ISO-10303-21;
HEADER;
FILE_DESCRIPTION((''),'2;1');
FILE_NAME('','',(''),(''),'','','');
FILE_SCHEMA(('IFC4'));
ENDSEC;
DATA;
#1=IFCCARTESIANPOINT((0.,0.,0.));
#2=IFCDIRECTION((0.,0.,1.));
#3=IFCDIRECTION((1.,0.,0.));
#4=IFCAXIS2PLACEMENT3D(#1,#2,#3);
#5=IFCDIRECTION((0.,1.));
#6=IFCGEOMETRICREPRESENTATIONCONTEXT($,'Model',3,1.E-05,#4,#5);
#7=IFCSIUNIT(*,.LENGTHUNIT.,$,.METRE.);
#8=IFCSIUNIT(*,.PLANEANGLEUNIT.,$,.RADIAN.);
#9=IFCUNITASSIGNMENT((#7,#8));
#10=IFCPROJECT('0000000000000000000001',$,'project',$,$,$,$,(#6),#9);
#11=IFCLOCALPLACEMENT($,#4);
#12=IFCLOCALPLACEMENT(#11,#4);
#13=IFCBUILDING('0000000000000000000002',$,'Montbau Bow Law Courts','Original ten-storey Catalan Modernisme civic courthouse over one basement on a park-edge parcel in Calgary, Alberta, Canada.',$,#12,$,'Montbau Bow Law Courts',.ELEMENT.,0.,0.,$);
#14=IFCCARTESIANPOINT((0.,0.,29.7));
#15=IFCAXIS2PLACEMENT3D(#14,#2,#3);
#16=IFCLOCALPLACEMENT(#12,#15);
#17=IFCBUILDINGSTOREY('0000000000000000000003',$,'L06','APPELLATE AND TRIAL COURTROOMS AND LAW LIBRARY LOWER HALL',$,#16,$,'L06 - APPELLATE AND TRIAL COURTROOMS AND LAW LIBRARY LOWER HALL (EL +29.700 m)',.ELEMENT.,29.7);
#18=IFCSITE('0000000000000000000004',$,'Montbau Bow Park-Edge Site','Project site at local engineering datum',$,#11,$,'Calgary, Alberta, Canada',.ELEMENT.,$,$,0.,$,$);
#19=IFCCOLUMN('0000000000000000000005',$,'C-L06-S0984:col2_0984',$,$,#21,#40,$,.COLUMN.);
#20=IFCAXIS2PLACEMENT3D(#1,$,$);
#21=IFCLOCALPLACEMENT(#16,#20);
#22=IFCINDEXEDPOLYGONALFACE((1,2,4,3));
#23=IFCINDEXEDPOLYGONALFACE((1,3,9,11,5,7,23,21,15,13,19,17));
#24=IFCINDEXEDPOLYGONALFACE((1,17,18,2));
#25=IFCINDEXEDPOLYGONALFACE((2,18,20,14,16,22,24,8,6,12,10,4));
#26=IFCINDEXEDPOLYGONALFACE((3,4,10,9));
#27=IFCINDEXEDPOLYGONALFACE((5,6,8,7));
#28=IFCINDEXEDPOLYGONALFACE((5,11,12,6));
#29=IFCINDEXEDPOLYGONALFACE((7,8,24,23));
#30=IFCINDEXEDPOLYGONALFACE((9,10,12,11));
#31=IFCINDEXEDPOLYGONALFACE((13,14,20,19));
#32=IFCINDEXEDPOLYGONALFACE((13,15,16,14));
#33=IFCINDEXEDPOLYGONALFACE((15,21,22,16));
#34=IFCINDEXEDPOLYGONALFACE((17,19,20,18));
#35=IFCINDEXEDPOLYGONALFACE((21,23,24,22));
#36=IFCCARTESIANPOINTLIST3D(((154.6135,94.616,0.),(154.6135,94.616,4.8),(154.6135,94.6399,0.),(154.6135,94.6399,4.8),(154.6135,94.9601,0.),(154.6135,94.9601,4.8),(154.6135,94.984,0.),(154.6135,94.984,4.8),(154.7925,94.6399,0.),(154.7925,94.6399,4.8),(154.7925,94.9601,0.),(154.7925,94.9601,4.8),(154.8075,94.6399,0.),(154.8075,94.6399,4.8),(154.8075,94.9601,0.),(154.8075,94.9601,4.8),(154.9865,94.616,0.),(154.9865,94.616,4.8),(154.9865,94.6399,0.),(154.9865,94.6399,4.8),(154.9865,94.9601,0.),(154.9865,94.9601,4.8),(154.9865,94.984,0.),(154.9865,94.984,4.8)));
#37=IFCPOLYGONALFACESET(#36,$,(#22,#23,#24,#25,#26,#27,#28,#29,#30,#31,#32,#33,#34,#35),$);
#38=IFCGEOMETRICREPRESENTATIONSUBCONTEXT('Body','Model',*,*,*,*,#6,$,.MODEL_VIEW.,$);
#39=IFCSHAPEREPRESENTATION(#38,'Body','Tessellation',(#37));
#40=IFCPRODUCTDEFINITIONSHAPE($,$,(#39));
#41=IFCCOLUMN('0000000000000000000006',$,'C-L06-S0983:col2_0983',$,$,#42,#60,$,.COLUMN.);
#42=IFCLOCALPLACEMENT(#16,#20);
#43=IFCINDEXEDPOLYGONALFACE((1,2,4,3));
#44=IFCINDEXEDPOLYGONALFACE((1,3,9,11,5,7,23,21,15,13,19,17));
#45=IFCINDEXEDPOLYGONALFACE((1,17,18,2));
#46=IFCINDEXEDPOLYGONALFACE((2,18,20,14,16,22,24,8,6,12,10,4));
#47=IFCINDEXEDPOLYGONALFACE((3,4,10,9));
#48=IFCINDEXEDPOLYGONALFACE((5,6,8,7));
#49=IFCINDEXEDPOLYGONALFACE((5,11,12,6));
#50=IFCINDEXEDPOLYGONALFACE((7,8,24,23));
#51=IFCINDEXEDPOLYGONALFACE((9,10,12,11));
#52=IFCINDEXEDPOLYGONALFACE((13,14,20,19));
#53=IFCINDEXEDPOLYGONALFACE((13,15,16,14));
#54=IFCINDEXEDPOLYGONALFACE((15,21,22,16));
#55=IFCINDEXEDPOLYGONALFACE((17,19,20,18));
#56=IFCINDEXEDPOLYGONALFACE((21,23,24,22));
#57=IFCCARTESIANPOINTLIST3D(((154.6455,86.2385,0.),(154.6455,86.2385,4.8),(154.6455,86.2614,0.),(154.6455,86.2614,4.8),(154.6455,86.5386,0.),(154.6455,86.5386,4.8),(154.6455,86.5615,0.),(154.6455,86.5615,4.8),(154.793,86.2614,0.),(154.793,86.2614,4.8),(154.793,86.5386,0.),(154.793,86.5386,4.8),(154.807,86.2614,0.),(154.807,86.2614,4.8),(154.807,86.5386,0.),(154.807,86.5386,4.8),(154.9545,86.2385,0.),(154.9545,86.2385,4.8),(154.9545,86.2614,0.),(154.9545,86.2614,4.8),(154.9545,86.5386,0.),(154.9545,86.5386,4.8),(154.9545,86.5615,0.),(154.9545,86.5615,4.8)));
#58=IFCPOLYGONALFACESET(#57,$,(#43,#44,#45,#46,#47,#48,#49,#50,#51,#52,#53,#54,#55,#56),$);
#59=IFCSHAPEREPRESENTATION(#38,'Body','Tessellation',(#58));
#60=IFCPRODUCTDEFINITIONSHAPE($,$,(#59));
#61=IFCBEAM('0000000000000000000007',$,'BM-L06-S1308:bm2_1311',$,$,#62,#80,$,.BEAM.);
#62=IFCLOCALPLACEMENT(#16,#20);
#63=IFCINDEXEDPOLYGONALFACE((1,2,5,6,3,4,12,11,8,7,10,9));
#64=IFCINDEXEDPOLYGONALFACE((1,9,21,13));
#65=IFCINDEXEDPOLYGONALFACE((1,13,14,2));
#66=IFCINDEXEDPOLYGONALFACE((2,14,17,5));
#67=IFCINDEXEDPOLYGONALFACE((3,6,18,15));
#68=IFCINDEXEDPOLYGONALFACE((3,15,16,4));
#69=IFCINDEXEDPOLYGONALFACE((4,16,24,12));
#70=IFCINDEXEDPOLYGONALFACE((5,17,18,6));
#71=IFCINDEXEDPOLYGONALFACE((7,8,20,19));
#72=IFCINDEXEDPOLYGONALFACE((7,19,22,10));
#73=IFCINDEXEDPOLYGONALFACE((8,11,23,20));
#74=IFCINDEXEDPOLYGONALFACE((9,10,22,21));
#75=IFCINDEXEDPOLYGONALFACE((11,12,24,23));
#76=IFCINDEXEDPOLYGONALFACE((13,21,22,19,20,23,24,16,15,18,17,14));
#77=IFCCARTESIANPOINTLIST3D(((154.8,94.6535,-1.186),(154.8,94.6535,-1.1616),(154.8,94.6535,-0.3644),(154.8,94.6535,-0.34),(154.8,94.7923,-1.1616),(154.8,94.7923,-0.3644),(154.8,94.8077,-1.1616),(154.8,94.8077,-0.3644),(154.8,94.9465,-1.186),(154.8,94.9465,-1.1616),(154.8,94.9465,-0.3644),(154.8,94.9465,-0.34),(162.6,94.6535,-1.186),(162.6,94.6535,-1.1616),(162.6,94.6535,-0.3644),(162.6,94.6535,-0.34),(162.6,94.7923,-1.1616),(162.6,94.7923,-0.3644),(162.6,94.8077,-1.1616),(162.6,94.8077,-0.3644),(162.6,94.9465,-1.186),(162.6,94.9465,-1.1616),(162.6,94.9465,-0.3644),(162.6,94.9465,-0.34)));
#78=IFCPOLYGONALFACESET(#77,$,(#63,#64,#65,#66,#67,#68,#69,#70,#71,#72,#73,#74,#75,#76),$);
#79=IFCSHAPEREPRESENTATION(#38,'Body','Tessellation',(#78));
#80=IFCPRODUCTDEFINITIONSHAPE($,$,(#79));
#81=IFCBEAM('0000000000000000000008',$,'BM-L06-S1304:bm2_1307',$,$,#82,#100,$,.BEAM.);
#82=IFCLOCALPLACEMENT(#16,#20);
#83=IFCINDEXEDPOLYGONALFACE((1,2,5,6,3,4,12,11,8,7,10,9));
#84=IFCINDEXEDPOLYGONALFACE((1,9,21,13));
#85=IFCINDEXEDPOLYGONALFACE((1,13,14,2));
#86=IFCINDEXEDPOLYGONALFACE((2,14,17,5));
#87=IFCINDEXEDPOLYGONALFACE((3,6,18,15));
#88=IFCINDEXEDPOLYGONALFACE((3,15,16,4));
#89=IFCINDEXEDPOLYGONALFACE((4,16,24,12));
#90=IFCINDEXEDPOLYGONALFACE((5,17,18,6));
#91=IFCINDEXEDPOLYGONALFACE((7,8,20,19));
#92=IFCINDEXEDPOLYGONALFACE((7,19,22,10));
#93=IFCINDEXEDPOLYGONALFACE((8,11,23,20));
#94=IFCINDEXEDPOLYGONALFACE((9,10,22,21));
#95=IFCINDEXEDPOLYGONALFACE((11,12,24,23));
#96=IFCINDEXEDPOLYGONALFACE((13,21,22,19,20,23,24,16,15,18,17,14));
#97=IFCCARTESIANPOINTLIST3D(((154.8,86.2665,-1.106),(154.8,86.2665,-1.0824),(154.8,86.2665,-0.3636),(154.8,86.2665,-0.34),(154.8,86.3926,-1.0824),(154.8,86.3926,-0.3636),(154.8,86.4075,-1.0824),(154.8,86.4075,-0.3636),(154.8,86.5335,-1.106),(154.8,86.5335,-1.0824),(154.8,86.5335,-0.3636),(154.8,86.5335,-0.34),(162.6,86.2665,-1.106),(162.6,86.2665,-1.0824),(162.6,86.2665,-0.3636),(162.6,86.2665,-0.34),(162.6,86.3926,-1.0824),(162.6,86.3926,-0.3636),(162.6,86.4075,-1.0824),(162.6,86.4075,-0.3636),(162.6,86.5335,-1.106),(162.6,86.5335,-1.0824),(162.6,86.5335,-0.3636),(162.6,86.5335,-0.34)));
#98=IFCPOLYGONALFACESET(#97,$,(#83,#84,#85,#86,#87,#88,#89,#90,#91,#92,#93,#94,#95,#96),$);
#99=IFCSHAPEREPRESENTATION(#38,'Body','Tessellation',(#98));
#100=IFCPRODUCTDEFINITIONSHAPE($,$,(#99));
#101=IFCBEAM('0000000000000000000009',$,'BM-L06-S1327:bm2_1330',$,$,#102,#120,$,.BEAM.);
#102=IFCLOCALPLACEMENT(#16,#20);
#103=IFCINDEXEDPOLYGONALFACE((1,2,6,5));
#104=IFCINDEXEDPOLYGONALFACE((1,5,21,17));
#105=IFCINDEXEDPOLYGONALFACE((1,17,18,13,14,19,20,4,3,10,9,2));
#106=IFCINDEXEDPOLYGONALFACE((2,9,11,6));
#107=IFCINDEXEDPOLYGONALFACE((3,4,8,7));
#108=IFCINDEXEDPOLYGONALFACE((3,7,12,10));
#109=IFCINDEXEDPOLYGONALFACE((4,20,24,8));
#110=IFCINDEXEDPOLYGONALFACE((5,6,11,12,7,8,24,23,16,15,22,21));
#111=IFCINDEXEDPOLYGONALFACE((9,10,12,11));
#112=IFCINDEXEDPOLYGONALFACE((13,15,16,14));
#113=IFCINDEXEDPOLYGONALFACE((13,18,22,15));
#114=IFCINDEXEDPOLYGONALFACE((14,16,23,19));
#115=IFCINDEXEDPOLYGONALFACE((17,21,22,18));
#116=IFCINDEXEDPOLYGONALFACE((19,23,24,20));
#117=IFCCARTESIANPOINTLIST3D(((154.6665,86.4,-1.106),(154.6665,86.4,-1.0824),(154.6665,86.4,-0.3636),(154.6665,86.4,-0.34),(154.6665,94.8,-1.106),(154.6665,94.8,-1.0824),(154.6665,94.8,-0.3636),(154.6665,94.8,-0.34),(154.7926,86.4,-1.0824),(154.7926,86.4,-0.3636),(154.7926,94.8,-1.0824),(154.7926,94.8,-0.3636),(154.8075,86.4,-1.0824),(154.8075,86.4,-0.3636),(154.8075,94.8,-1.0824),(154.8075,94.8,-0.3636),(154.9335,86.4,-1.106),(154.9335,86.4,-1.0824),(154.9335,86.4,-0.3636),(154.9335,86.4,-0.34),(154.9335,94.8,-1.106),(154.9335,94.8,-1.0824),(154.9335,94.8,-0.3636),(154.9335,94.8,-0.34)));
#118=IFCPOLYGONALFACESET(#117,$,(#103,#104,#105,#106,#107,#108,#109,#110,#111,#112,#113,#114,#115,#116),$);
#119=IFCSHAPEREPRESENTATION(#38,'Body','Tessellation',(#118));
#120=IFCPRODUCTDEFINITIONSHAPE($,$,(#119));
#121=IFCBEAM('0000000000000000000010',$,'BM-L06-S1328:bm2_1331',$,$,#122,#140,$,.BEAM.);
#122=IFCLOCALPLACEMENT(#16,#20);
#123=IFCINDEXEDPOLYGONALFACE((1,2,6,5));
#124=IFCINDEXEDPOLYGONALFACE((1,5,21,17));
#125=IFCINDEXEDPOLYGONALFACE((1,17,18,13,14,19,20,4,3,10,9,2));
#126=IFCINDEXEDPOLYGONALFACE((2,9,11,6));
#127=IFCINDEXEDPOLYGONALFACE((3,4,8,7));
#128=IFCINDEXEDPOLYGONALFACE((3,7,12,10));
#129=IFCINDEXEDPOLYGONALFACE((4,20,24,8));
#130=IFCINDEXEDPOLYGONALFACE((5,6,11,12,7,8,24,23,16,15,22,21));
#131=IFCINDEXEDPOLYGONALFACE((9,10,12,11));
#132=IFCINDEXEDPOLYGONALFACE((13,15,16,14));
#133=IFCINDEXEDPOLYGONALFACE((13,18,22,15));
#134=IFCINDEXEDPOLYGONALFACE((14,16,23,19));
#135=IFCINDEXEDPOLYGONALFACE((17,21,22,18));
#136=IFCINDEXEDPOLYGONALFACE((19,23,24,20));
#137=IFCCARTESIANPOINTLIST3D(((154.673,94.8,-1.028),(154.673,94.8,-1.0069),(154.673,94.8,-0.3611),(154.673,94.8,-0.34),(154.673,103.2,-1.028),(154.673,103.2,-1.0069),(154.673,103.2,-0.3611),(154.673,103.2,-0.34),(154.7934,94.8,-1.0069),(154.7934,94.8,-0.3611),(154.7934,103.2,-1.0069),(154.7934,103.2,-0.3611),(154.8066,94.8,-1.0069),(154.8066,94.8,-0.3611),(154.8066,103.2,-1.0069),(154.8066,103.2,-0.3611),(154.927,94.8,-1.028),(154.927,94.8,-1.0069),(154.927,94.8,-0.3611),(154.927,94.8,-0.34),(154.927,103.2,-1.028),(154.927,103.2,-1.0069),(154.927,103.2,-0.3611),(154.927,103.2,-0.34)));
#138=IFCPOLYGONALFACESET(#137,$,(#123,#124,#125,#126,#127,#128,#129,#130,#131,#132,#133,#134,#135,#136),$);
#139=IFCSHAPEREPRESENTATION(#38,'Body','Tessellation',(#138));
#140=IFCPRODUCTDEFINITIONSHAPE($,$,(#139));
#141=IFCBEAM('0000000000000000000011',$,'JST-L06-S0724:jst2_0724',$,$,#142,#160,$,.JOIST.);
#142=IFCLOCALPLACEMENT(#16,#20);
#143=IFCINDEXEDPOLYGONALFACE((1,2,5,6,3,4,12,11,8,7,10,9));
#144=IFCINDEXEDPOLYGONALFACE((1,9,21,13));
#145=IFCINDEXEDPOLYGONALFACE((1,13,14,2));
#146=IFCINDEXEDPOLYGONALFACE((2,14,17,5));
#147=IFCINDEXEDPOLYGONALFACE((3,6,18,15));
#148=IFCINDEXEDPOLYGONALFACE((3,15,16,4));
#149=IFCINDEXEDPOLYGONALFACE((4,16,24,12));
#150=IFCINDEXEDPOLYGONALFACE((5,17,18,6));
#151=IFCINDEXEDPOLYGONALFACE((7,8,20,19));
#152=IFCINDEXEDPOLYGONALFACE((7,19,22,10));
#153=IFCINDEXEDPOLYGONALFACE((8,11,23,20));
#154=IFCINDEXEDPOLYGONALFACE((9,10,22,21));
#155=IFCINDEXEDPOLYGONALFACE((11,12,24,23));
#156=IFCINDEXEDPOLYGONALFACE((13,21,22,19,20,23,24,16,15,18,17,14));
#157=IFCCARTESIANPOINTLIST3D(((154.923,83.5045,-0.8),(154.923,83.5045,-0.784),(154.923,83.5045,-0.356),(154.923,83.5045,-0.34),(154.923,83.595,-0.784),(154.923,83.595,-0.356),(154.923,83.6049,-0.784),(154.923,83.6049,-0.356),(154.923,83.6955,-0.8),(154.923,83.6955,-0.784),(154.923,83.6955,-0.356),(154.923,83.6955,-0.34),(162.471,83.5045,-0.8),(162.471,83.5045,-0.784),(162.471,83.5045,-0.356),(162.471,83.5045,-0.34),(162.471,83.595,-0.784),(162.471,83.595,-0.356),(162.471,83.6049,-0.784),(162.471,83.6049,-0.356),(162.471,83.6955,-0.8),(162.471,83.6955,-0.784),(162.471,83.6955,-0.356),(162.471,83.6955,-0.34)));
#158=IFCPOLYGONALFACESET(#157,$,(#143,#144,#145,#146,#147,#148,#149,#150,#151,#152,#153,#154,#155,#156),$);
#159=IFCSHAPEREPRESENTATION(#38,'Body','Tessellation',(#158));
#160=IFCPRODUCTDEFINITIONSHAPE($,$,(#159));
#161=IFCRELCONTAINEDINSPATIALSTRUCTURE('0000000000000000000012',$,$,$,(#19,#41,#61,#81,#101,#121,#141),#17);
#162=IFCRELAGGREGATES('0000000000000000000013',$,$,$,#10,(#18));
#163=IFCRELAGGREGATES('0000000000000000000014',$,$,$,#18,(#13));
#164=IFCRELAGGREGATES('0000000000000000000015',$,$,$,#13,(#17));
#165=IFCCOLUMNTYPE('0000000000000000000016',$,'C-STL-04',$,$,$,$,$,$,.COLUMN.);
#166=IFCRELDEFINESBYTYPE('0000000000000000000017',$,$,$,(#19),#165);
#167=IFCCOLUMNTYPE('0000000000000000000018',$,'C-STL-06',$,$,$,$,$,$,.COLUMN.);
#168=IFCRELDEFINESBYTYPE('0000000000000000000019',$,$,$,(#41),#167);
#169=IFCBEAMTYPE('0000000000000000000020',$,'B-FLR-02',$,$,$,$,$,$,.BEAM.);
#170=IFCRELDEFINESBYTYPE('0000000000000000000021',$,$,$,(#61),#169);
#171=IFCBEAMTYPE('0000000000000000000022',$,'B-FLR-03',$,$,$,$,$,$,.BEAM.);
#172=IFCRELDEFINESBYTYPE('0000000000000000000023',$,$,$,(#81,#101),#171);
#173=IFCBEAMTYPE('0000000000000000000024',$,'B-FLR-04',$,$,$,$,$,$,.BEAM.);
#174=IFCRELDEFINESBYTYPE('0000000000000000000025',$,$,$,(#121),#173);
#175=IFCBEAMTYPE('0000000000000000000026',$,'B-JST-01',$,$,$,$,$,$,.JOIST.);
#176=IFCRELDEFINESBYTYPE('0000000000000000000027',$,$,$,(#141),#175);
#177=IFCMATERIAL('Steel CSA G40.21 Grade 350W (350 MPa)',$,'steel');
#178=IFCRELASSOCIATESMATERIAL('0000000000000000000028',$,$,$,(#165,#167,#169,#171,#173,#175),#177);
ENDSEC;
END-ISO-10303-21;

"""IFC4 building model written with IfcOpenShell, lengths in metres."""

from ifc_helpers import new_model, si_unit, direction, frame, origin_with_axes, origin_2d_with_axis, place, context, subcontext, project, spatial, i_section, extrude, material, material_profile, profile_set, type_object, element, save


model = new_model("IFC4")

# Units and contexts
model_context = context("Model", 3, precision=1e-05, world=origin_with_axes(), true_north=direction((0.0, 1.0)))
body_context = subcontext(model_context, "Body", "Model", "MODEL_VIEW")
ifc_project = project(units=[si_unit("LENGTHUNIT", "METRE"), si_unit("PLANEANGLEUNIT", "RADIAN")], contexts=[model_context])

# Site, building, storey
site_placement = place(None, origin_with_axes())
site = spatial("IfcSite", under=ifc_project, at=site_placement, Name="Montbau Bow Park-Edge Site", Description="Project site at local engineering datum", LongName="Calgary, Alberta, Canada", CompositionType="ELEMENT", RefElevation=0.0)
building_placement = place(site_placement, origin_with_axes())
building = spatial("IfcBuilding", under=site, at=building_placement, Name="Montbau Bow Law Courts", Description="Original ten-storey Catalan Modernisme civic courthouse over one basement on a park-edge parcel in Calgary, Alberta, Canada.", LongName="Montbau Bow Law Courts", CompositionType="ELEMENT", ElevationOfRefHeight=0.0, ElevationOfTerrain=0.0)
storey_placement = place(building_placement, frame((0.0, 0.0, 29.7), z_axis=(0.0, 0.0, 1.0), x_axis=(1.0, 0.0, 0.0)))
storey = spatial("IfcBuildingStorey", under=building, at=storey_placement, Name="L06", Description="APPELLATE AND TRIAL COURTROOMS AND LAW LIBRARY LOWER HALL", LongName="L06 - APPELLATE AND TRIAL COURTROOMS AND LAW LIBRARY LOWER HALL (EL +29.700 m)", CompositionType="ELEMENT", Elevation=29.7)

# Columns
ifc_material_1 = material(Name="Steel CSA G40.21 Grade 350W (350 MPa)", Category="steel")
ifc_material_profile_1 = material_profile(ifc_material_1, i_section(OverallWidth=0.373, OverallDepth=0.368, WebThickness=0.015, FlangeThickness=0.0239, at=origin_2d_with_axis()), Name="W360X179", Category="Main", Priority=0)
ifc_profile_set_1 = profile_set([ifc_material_profile_1], Name="Steel CSA G40.21 Grade 350W (350 MPa)")
column_type_1 = type_object("IfcColumnType", Name="C-STL-04", PredefinedType="COLUMN", material=ifc_profile_set_1)
column_1_placement = place(None, frame((154.8, 94.8, 29.7), z_axis=(0.0, 0.0, 1.0), x_axis=(1.0, 0.0, 0.0)))
element("IfcColumn", 1, at=column_1_placement, inside=storey, type_object=column_type_1, Name="C-L06-S0984:col2_0984", PredefinedType="COLUMN", context=body_context, shape_type="SweptSolid", body=[
    extrude(i_section(OverallWidth=0.373, OverallDepth=0.368, WebThickness=0.015, FlangeThickness=0.0239, at=origin_2d_with_axis()), origin_with_axes(), (0.0, 0.0, 1.0), 4.8),
])
ifc_material_profile_2 = material_profile(ifc_material_1, i_section(OverallWidth=0.309, OverallDepth=0.323, WebThickness=0.014, FlangeThickness=0.0229, at=origin_2d_with_axis()), Name="W310X143", Category="Main", Priority=0)
ifc_profile_set_2 = profile_set([ifc_material_profile_2], Name="Steel CSA G40.21 Grade 350W (350 MPa)")
column_type_2 = type_object("IfcColumnType", Name="C-STL-06", PredefinedType="COLUMN", material=ifc_profile_set_2)
column_2_placement = place(None, frame((154.8, 86.4, 29.7), z_axis=(0.0, 0.0, 1.0), x_axis=(1.0, 0.0, 0.0)))
element("IfcColumn", 2, at=column_2_placement, inside=storey, type_object=column_type_2, Name="C-L06-S0983:col2_0983", PredefinedType="COLUMN", context=body_context, shape_type="SweptSolid", body=[
    extrude(i_section(OverallWidth=0.309, OverallDepth=0.323, WebThickness=0.014, FlangeThickness=0.0229, at=origin_2d_with_axis()), origin_with_axes(), (0.0, 0.0, 1.0), 4.8),
])

# Beams
ifc_material_profile_3 = material_profile(ifc_material_1, i_section(OverallWidth=0.293, OverallDepth=0.846, WebThickness=0.0154, FlangeThickness=0.0244, at=origin_2d_with_axis()), Name="W840X210", Category="Main", Priority=0)
ifc_profile_set_3 = profile_set([ifc_material_profile_3], Name="Steel CSA G40.21 Grade 350W (350 MPa)")
beam_type_1 = type_object("IfcBeamType", Name="B-FLR-02", PredefinedType="BEAM", material=ifc_profile_set_3)
beam_1_placement = place(None, frame((154.8, 94.8, 28.937), z_axis=(1.0, 0.0, 0.0), x_axis=(0.0, 1.0, 0.0)))
element("IfcBeam", 3, at=beam_1_placement, inside=storey, type_object=beam_type_1, Name="BM-L06-S1308:bm2_1311", PredefinedType="BEAM", context=body_context, shape_type="SweptSolid", body=[
    extrude(i_section(OverallWidth=0.293, OverallDepth=0.846, WebThickness=0.0154, FlangeThickness=0.0244, at=origin_2d_with_axis()), origin_with_axes(), (0.0, 0.0, 1.0), 7.8),
])
ifc_material_profile_4 = material_profile(ifc_material_1, i_section(OverallWidth=0.267, OverallDepth=0.766, WebThickness=0.0149, FlangeThickness=0.0236, at=origin_2d_with_axis()), Name="W760X185", Category="Main", Priority=0)
ifc_profile_set_4 = profile_set([ifc_material_profile_4], Name="Steel CSA G40.21 Grade 350W (350 MPa)")
beam_type_2 = type_object("IfcBeamType", Name="B-FLR-03", PredefinedType="BEAM", material=ifc_profile_set_4)
beam_2_placement = place(None, frame((154.8, 86.4, 28.977), z_axis=(1.0, 0.0, 0.0), x_axis=(0.0, 1.0, 0.0)))
element("IfcBeam", 4, at=beam_2_placement, inside=storey, type_object=beam_type_2, Name="BM-L06-S1304:bm2_1307", PredefinedType="BEAM", context=body_context, shape_type="SweptSolid", body=[
    extrude(i_section(OverallWidth=0.267, OverallDepth=0.766, WebThickness=0.0149, FlangeThickness=0.0236, at=origin_2d_with_axis()), origin_with_axes(), (0.0, 0.0, 1.0), 7.8),
])
beam_3_placement = place(None, frame((154.8, 86.4, 28.977), z_axis=(0.0, 1.0, 0.0), x_axis=(-1.0, 0.0, 0.0)))
element("IfcBeam", 5, at=beam_3_placement, inside=storey, type_object=beam_type_2, Name="BM-L06-S1327:bm2_1330", PredefinedType="BEAM", context=body_context, shape_type="SweptSolid", body=[
    extrude(i_section(OverallWidth=0.267, OverallDepth=0.766, WebThickness=0.0149, FlangeThickness=0.0236, at=origin_2d_with_axis()), origin_with_axes(), (0.0, 0.0, 1.0), 8.4),
])
ifc_material_profile_5 = material_profile(ifc_material_1, i_section(OverallWidth=0.254, OverallDepth=0.688, WebThickness=0.0131, FlangeThickness=0.0211, at=origin_2d_with_axis()), Name="W690X152", Category="Main", Priority=0)
ifc_profile_set_5 = profile_set([ifc_material_profile_5], Name="Steel CSA G40.21 Grade 350W (350 MPa)")
beam_type_3 = type_object("IfcBeamType", Name="B-FLR-04", PredefinedType="BEAM", material=ifc_profile_set_5)
beam_4_placement = place(None, frame((154.8, 94.8, 29.016), z_axis=(0.0, 1.0, 0.0), x_axis=(-1.0, 0.0, 0.0)))
element("IfcBeam", 6, at=beam_4_placement, inside=storey, type_object=beam_type_3, Name="BM-L06-S1328:bm2_1331", PredefinedType="BEAM", context=body_context, shape_type="SweptSolid", body=[
    extrude(i_section(OverallWidth=0.254, OverallDepth=0.688, WebThickness=0.0131, FlangeThickness=0.0211, at=origin_2d_with_axis()), origin_with_axes(), (0.0, 0.0, 1.0), 8.4),
])
ifc_material_profile_6 = material_profile(ifc_material_1, i_section(OverallWidth=0.191, OverallDepth=0.46, WebThickness=0.0099, FlangeThickness=0.016, at=origin_2d_with_axis()), Name="W460X82", Category="Main", Priority=0)
ifc_profile_set_6 = profile_set([ifc_material_profile_6], Name="Steel CSA G40.21 Grade 350W (350 MPa)")
beam_type_4 = type_object("IfcBeamType", Name="B-JST-01", PredefinedType="JOIST", material=ifc_profile_set_6)
beam_5_placement = place(None, frame((154.923, 83.6, 29.13), z_axis=(1.0, 0.0, 0.0), x_axis=(0.0, 1.0, 0.0)))
element("IfcBeam", 7, at=beam_5_placement, inside=storey, type_object=beam_type_4, Name="JST-L06-S0724:jst2_0724", PredefinedType="JOIST", context=body_context, shape_type="SweptSolid", body=[
    extrude(i_section(OverallWidth=0.191, OverallDepth=0.46, WebThickness=0.0099, FlangeThickness=0.016, at=origin_2d_with_axis()), origin_with_axes(), (0.0, 0.0, 1.0), 7.548),
])

save(model, "model.ifc")
